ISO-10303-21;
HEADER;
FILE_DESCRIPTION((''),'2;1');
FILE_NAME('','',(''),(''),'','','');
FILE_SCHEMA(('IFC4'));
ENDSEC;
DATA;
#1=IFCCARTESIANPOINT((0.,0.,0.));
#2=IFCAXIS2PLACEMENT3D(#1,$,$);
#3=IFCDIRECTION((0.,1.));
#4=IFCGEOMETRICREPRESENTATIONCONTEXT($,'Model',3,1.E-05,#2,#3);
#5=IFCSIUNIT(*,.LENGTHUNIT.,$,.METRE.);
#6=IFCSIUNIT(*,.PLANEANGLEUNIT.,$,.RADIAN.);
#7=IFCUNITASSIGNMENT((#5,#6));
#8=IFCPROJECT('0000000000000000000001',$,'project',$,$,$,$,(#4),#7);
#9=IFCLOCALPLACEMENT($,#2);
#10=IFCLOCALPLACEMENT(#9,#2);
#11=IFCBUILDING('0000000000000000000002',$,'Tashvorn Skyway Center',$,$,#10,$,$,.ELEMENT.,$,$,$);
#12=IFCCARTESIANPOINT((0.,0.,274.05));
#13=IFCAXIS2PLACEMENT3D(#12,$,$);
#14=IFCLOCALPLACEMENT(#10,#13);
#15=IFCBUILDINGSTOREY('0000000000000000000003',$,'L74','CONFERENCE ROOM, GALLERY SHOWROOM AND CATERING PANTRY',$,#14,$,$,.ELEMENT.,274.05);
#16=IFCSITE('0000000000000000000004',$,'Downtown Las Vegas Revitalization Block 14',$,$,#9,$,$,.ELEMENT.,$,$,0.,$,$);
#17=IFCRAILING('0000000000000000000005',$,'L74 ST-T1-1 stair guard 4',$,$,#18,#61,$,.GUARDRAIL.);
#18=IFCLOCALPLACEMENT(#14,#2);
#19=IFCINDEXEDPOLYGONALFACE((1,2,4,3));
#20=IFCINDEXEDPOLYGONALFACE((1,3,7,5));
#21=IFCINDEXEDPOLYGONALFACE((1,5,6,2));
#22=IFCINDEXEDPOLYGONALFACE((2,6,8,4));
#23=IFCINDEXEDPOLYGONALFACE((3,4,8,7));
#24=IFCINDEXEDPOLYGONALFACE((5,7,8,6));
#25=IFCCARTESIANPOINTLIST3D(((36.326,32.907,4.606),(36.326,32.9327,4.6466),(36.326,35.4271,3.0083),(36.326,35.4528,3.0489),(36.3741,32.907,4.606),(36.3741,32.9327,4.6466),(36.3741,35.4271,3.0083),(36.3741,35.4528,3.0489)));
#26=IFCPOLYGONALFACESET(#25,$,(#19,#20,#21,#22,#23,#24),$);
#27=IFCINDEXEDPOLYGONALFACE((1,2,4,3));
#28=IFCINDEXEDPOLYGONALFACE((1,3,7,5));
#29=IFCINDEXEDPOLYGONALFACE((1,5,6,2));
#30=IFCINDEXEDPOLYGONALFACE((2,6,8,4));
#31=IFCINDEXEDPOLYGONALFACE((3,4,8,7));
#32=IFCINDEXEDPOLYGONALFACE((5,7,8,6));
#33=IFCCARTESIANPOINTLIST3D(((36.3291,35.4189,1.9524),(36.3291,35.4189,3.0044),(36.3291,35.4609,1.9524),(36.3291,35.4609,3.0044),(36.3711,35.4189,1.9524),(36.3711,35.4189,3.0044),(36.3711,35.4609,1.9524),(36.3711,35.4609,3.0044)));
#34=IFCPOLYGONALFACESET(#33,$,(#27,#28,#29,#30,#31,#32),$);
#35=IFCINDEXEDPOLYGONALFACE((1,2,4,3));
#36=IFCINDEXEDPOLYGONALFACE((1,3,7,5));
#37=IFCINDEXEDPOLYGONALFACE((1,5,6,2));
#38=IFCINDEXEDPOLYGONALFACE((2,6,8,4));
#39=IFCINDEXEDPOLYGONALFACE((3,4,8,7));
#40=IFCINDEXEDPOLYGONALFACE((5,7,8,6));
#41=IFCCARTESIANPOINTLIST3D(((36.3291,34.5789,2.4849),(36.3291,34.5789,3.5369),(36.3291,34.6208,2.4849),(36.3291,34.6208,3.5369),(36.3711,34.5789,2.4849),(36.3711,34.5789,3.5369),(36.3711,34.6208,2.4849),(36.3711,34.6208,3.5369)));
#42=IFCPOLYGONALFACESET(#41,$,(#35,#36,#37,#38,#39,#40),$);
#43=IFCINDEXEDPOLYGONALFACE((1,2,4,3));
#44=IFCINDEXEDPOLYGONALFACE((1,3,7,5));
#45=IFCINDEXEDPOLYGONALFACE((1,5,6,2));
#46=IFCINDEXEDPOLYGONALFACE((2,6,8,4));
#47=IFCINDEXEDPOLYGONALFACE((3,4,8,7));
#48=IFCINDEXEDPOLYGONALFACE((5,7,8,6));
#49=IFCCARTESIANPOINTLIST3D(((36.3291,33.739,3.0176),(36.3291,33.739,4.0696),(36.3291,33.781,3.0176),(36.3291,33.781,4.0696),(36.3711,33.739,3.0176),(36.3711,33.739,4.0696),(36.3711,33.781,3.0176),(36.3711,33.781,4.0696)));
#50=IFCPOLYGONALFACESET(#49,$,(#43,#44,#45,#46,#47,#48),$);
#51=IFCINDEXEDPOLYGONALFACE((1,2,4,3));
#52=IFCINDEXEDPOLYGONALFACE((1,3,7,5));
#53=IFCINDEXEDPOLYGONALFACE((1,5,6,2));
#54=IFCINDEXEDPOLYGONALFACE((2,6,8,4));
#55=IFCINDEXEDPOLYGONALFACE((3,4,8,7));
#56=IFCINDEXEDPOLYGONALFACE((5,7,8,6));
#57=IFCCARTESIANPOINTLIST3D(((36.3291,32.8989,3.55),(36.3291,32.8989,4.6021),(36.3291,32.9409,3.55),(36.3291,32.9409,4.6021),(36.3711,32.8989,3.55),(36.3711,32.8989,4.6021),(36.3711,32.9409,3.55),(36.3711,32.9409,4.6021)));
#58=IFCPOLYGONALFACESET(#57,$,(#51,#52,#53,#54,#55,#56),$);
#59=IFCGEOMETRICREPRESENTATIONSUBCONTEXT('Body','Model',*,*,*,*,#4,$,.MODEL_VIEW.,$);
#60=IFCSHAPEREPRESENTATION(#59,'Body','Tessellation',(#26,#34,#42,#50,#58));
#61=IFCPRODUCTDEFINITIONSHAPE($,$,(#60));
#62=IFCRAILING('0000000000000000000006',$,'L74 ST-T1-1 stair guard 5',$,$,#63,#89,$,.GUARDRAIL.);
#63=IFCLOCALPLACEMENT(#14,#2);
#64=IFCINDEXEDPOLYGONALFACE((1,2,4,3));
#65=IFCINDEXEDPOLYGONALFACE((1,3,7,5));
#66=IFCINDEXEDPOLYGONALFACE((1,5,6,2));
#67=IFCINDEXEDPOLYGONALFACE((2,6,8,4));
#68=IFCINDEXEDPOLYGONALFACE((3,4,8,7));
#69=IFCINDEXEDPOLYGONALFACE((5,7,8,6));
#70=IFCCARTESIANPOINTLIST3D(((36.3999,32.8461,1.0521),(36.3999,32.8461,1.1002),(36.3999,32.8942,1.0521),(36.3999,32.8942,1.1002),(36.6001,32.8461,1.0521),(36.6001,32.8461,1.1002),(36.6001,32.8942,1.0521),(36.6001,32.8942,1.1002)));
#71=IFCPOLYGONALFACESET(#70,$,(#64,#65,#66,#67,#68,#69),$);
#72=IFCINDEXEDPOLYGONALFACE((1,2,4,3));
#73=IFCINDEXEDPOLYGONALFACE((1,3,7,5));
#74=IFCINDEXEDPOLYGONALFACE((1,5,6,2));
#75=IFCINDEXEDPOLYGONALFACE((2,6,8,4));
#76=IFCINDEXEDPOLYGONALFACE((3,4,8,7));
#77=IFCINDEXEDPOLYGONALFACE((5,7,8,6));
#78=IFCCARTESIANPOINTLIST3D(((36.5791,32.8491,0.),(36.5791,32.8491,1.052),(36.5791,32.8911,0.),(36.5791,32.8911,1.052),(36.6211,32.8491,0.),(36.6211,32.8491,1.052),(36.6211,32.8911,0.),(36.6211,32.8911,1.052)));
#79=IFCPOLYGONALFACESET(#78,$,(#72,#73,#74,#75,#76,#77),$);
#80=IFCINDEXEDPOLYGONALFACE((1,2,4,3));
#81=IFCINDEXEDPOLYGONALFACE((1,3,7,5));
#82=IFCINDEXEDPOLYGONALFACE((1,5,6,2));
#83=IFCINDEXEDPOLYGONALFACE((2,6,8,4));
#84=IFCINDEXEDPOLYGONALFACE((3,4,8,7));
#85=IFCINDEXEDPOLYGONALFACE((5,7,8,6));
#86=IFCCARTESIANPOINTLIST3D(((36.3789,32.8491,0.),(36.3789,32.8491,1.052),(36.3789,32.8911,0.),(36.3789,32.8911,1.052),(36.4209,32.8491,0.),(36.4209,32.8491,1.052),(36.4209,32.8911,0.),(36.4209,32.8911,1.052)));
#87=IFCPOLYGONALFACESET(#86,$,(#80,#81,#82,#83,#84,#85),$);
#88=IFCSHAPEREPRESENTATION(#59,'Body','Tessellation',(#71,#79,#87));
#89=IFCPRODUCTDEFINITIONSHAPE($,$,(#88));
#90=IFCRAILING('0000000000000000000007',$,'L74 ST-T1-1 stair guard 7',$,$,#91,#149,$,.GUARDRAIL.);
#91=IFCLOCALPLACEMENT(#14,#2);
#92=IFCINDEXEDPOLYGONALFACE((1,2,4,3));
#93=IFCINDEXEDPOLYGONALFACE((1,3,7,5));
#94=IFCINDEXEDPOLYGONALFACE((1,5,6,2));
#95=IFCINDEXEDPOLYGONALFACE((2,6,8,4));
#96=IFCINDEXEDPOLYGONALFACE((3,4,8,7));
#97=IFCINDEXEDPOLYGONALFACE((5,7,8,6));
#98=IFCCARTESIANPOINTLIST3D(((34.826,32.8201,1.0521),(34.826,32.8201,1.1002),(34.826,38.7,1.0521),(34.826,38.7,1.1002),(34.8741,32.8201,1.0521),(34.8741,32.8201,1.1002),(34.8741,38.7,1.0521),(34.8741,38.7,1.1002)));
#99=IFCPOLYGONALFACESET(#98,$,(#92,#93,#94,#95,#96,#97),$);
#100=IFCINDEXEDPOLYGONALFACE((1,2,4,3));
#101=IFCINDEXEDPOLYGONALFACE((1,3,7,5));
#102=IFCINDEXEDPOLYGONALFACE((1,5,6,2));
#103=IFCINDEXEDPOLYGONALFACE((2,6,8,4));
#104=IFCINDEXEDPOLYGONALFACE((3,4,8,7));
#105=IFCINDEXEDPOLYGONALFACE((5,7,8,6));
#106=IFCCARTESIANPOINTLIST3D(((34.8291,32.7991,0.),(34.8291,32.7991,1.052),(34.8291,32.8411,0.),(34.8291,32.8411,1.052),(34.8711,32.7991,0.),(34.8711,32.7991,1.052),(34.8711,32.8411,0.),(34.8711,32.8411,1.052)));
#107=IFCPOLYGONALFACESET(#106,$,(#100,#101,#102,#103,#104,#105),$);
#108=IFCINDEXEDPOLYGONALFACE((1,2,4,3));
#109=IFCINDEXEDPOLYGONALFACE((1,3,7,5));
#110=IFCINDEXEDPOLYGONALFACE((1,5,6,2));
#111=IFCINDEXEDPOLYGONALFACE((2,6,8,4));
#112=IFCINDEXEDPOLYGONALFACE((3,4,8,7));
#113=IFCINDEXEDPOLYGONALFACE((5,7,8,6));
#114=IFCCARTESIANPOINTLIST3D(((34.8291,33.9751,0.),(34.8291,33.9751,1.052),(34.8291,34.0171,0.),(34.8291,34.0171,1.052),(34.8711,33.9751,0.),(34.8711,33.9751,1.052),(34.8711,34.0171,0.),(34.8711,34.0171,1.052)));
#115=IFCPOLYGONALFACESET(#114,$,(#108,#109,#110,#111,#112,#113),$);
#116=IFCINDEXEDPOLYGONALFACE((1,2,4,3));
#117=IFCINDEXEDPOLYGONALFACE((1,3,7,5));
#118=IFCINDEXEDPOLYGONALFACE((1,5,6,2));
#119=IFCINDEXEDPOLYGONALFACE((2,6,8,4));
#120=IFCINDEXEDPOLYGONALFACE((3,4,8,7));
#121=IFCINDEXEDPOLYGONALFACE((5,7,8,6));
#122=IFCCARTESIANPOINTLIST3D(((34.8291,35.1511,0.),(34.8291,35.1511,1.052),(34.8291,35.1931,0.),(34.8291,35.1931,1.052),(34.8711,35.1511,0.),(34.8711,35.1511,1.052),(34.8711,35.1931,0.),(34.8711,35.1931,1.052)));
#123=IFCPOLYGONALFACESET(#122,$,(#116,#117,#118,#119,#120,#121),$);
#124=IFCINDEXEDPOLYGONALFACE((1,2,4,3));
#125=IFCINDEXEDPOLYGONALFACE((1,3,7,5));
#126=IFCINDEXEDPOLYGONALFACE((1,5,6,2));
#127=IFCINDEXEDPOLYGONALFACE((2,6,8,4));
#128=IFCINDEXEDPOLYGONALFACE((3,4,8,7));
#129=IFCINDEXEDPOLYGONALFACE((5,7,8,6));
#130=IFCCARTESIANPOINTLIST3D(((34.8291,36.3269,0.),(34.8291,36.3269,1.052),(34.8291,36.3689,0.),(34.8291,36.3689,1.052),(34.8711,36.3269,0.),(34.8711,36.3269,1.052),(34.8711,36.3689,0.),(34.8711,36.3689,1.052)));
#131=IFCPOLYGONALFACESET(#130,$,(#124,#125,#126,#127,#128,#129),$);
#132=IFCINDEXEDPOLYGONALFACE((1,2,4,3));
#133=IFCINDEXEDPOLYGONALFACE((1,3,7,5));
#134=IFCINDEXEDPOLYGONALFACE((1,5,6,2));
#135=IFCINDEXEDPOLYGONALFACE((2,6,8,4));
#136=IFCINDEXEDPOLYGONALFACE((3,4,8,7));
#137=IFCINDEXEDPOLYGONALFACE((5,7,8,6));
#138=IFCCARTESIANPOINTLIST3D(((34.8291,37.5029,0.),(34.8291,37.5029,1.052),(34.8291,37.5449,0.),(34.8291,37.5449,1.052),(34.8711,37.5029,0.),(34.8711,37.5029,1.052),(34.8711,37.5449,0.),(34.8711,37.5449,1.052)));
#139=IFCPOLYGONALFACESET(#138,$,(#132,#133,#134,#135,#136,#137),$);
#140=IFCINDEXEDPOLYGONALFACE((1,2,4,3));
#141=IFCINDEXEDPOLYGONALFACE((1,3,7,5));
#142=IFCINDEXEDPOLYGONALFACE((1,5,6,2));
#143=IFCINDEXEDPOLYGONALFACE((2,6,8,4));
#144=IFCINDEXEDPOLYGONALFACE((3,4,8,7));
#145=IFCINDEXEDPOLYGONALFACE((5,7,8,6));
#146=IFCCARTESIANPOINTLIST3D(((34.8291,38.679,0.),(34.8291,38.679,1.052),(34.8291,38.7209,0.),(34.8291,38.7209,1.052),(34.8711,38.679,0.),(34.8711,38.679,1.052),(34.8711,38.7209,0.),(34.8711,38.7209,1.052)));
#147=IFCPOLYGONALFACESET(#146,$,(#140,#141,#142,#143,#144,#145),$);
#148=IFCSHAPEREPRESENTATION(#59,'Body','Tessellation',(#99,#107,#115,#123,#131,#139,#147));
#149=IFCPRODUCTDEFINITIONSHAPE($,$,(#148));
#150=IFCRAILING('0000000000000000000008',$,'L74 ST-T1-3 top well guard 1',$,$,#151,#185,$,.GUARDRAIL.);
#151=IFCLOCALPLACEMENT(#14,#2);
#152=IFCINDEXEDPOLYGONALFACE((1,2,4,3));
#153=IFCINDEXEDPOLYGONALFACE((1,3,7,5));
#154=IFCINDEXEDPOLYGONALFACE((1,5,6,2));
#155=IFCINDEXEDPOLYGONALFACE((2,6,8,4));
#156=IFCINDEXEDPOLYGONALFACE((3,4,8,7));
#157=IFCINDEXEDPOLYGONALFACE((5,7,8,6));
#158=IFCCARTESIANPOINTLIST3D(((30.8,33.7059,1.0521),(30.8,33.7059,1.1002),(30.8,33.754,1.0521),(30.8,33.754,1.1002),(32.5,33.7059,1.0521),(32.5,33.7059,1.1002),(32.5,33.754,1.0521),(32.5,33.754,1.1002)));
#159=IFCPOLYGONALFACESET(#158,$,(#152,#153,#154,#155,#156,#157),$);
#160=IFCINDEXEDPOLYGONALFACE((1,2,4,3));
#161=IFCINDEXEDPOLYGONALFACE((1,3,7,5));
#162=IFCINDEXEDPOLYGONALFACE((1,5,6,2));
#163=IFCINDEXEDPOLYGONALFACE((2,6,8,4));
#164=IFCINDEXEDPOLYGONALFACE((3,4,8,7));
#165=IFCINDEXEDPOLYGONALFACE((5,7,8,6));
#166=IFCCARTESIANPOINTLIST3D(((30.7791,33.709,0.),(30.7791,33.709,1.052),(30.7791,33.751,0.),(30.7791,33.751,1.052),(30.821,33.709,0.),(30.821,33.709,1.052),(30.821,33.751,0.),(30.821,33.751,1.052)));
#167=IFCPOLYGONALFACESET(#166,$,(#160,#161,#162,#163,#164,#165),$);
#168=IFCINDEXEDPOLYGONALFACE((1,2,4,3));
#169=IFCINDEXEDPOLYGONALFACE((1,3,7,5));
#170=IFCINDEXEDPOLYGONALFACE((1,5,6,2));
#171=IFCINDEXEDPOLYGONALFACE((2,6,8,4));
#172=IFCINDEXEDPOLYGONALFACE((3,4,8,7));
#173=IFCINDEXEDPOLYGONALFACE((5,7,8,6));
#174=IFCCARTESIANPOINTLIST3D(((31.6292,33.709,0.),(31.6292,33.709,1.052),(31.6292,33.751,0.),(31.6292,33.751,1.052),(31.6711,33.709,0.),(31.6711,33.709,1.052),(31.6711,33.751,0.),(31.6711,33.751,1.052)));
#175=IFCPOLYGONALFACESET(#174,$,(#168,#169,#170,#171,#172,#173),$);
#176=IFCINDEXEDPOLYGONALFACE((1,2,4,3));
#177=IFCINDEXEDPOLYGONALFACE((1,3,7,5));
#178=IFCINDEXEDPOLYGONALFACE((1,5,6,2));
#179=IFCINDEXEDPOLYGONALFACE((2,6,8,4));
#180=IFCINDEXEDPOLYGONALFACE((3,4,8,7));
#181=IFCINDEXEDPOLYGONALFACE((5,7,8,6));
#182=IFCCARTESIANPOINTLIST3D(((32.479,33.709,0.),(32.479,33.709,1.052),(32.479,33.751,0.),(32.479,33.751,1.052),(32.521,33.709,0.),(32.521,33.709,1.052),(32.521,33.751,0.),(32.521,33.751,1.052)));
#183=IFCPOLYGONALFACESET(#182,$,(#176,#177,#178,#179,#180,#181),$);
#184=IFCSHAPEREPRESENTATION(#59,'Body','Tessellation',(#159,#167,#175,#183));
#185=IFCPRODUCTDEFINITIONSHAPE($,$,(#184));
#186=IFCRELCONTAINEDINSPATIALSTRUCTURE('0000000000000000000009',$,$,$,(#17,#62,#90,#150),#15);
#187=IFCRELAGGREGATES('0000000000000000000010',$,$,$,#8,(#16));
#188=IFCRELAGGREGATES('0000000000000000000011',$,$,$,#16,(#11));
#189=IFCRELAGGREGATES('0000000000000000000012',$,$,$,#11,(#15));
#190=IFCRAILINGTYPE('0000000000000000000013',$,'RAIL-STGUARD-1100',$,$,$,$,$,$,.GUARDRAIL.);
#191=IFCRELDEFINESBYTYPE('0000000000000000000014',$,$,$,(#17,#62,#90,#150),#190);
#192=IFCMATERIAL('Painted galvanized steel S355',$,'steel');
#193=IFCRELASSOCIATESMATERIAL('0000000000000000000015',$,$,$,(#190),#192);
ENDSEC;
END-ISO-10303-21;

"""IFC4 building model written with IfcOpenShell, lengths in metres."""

from ifc_helpers import new_model, si_unit, direction, frame, origin, origin_2d, place, context, subcontext, project, spatial, rectangle, extrude, material, type_object, element, save


model = new_model("IFC4")

# Units and contexts
model_context = context("Model", 3, precision=1e-05, world=origin(), true_north=direction((0.0, 1.0)))
body_context = subcontext(model_context, "Body", "Model", "MODEL_VIEW")
ifc_project = project(units=[si_unit("LENGTHUNIT", "METRE"), si_unit("PLANEANGLEUNIT", "RADIAN")], contexts=[model_context])

# Site, building, storey
site_placement = place(None, origin())
site = spatial("IfcSite", under=ifc_project, at=site_placement, Name="Downtown Las Vegas Revitalization Block 14", CompositionType="ELEMENT", RefElevation=0.0)
building_placement = place(site_placement, origin())
building = spatial("IfcBuilding", under=site, at=building_placement, Name="Tashvorn Skyway Center", CompositionType="ELEMENT")
storey_placement = place(building_placement, frame((0.0, 0.0, 274.05)))
storey = spatial("IfcBuildingStorey", under=building, at=storey_placement, Name="L74", Description="CONFERENCE ROOM, GALLERY SHOWROOM AND CATERING PANTRY", CompositionType="ELEMENT", Elevation=274.05)

# Railings
ifc_material_1 = material(Name="Painted galvanized steel S355", Category="steel")
railing_type_1 = type_object("IfcRailingType", Name="RAIL-STGUARD-1100", PredefinedType="GUARDRAIL", material=ifc_material_1)
railing_1_placement = place(storey_placement, frame((36.3501, 35.4399, 1.9524)))
element("IfcRailing", 1, at=railing_1_placement, inside=storey, type_object=railing_type_1, Name="L74 ST-T1-1 stair guard 4", PredefinedType="GUARDRAIL", context=body_context, shape_type="SweptSolid", body=[
    extrude(rectangle(XDim=0.0481, YDim=0.0481, at=origin_2d()), frame((0.0, 0.0, 1.0762), z_axis=(0.0, -0.84457, 0.535445), x_axis=(1.0, 0.0, 0.0)), (0.0, 0.0, 1.0), 2.9839),
    extrude(rectangle(XDim=0.042, YDim=0.042, at=origin_2d()), origin(), (0.0, 0.0, 1.0), 1.052),
    extrude(rectangle(XDim=0.042, YDim=0.042, at=origin_2d()), frame((0.0, -0.8401, 0.5325)), (0.0, 0.0, 1.0), 1.052),
    extrude(rectangle(XDim=0.042, YDim=0.042, at=origin_2d()), frame((0.0, -1.6799, 1.0652)), (0.0, 0.0, 1.0), 1.052),
    extrude(rectangle(XDim=0.042, YDim=0.042, at=origin_2d()), frame((0.0, -2.52, 1.5977)), (0.0, 0.0, 1.0), 1.052),
])
railing_2_placement = place(storey_placement, frame((36.6001, 32.8701, 0.0)))
element("IfcRailing", 2, at=railing_2_placement, inside=storey, type_object=railing_type_1, Name="L74 ST-T1-1 stair guard 5", PredefinedType="GUARDRAIL", context=body_context, shape_type="SweptSolid", body=[
    extrude(rectangle(XDim=0.0481, YDim=0.0481, at=origin_2d()), frame((0.0, 0.0, 1.0762), z_axis=(-1.0, 0.0, 0.0), x_axis=(0.0, -1.0, 0.0)), (0.0, 0.0, 1.0), 0.2002),
    extrude(rectangle(XDim=0.042, YDim=0.042, at=origin_2d()), origin(), (0.0, 0.0, 1.0), 1.052),
    extrude(rectangle(XDim=0.042, YDim=0.042, at=origin_2d()), frame((-0.2002, 0.0, 0.0)), (0.0, 0.0, 1.0), 1.052),
])
railing_3_placement = place(storey_placement, frame((34.8501, 32.8201, 0.0)))
element("IfcRailing", 3, at=railing_3_placement, inside=storey, type_object=railing_type_1, Name="L74 ST-T1-1 stair guard 7", PredefinedType="GUARDRAIL", context=body_context, shape_type="SweptSolid", body=[
    extrude(rectangle(XDim=0.0481, YDim=0.0481, at=origin_2d()), frame((0.0, 0.0, 1.0762), z_axis=(0.0, 1.0, 0.0), x_axis=(-1.0, 0.0, 0.0)), (0.0, 0.0, 1.0), 5.8799),
    extrude(rectangle(XDim=0.042, YDim=0.042, at=origin_2d()), origin(), (0.0, 0.0, 1.0), 1.052),
    extrude(rectangle(XDim=0.042, YDim=0.042, at=origin_2d()), frame((0.0, 1.176, 0.0)), (0.0, 0.0, 1.0), 1.052),
    extrude(rectangle(XDim=0.042, YDim=0.042, at=origin_2d()), frame((0.0, 2.3521, 0.0)), (0.0, 0.0, 1.0), 1.052),
    extrude(rectangle(XDim=0.042, YDim=0.042, at=origin_2d()), frame((0.0, 3.5278, 0.0)), (0.0, 0.0, 1.0), 1.052),
    extrude(rectangle(XDim=0.042, YDim=0.042, at=origin_2d()), frame((0.0, 4.7039, 0.0)), (0.0, 0.0, 1.0), 1.052),
    extrude(rectangle(XDim=0.042, YDim=0.042, at=origin_2d()), frame((0.0, 5.8799, 0.0)), (0.0, 0.0, 1.0), 1.052),
])
railing_4_placement = place(storey_placement, frame((30.8, 33.73, 0.0)))
element("IfcRailing", 4, at=railing_4_placement, inside=storey, type_object=railing_type_1, Name="L74 ST-T1-3 top well guard 1", PredefinedType="GUARDRAIL", context=body_context, shape_type="SweptSolid", body=[
    extrude(rectangle(XDim=0.0481, YDim=0.0481, at=origin_2d()), frame((0.0, 0.0, 1.0762), z_axis=(1.0, 0.0, 0.0), x_axis=(0.0, 1.0, 0.0)), (0.0, 0.0, 1.0), 1.7),
    extrude(rectangle(XDim=0.042, YDim=0.042, at=origin_2d()), origin(), (0.0, 0.0, 1.0), 1.052),
    extrude(rectangle(XDim=0.042, YDim=0.042, at=origin_2d()), frame((0.8501, 0.0, 0.0)), (0.0, 0.0, 1.0), 1.052),
    extrude(rectangle(XDim=0.042, YDim=0.042, at=origin_2d()), frame((1.7, 0.0, 0.0)), (0.0, 0.0, 1.0), 1.052),
])

save(model, "model.ifc")
